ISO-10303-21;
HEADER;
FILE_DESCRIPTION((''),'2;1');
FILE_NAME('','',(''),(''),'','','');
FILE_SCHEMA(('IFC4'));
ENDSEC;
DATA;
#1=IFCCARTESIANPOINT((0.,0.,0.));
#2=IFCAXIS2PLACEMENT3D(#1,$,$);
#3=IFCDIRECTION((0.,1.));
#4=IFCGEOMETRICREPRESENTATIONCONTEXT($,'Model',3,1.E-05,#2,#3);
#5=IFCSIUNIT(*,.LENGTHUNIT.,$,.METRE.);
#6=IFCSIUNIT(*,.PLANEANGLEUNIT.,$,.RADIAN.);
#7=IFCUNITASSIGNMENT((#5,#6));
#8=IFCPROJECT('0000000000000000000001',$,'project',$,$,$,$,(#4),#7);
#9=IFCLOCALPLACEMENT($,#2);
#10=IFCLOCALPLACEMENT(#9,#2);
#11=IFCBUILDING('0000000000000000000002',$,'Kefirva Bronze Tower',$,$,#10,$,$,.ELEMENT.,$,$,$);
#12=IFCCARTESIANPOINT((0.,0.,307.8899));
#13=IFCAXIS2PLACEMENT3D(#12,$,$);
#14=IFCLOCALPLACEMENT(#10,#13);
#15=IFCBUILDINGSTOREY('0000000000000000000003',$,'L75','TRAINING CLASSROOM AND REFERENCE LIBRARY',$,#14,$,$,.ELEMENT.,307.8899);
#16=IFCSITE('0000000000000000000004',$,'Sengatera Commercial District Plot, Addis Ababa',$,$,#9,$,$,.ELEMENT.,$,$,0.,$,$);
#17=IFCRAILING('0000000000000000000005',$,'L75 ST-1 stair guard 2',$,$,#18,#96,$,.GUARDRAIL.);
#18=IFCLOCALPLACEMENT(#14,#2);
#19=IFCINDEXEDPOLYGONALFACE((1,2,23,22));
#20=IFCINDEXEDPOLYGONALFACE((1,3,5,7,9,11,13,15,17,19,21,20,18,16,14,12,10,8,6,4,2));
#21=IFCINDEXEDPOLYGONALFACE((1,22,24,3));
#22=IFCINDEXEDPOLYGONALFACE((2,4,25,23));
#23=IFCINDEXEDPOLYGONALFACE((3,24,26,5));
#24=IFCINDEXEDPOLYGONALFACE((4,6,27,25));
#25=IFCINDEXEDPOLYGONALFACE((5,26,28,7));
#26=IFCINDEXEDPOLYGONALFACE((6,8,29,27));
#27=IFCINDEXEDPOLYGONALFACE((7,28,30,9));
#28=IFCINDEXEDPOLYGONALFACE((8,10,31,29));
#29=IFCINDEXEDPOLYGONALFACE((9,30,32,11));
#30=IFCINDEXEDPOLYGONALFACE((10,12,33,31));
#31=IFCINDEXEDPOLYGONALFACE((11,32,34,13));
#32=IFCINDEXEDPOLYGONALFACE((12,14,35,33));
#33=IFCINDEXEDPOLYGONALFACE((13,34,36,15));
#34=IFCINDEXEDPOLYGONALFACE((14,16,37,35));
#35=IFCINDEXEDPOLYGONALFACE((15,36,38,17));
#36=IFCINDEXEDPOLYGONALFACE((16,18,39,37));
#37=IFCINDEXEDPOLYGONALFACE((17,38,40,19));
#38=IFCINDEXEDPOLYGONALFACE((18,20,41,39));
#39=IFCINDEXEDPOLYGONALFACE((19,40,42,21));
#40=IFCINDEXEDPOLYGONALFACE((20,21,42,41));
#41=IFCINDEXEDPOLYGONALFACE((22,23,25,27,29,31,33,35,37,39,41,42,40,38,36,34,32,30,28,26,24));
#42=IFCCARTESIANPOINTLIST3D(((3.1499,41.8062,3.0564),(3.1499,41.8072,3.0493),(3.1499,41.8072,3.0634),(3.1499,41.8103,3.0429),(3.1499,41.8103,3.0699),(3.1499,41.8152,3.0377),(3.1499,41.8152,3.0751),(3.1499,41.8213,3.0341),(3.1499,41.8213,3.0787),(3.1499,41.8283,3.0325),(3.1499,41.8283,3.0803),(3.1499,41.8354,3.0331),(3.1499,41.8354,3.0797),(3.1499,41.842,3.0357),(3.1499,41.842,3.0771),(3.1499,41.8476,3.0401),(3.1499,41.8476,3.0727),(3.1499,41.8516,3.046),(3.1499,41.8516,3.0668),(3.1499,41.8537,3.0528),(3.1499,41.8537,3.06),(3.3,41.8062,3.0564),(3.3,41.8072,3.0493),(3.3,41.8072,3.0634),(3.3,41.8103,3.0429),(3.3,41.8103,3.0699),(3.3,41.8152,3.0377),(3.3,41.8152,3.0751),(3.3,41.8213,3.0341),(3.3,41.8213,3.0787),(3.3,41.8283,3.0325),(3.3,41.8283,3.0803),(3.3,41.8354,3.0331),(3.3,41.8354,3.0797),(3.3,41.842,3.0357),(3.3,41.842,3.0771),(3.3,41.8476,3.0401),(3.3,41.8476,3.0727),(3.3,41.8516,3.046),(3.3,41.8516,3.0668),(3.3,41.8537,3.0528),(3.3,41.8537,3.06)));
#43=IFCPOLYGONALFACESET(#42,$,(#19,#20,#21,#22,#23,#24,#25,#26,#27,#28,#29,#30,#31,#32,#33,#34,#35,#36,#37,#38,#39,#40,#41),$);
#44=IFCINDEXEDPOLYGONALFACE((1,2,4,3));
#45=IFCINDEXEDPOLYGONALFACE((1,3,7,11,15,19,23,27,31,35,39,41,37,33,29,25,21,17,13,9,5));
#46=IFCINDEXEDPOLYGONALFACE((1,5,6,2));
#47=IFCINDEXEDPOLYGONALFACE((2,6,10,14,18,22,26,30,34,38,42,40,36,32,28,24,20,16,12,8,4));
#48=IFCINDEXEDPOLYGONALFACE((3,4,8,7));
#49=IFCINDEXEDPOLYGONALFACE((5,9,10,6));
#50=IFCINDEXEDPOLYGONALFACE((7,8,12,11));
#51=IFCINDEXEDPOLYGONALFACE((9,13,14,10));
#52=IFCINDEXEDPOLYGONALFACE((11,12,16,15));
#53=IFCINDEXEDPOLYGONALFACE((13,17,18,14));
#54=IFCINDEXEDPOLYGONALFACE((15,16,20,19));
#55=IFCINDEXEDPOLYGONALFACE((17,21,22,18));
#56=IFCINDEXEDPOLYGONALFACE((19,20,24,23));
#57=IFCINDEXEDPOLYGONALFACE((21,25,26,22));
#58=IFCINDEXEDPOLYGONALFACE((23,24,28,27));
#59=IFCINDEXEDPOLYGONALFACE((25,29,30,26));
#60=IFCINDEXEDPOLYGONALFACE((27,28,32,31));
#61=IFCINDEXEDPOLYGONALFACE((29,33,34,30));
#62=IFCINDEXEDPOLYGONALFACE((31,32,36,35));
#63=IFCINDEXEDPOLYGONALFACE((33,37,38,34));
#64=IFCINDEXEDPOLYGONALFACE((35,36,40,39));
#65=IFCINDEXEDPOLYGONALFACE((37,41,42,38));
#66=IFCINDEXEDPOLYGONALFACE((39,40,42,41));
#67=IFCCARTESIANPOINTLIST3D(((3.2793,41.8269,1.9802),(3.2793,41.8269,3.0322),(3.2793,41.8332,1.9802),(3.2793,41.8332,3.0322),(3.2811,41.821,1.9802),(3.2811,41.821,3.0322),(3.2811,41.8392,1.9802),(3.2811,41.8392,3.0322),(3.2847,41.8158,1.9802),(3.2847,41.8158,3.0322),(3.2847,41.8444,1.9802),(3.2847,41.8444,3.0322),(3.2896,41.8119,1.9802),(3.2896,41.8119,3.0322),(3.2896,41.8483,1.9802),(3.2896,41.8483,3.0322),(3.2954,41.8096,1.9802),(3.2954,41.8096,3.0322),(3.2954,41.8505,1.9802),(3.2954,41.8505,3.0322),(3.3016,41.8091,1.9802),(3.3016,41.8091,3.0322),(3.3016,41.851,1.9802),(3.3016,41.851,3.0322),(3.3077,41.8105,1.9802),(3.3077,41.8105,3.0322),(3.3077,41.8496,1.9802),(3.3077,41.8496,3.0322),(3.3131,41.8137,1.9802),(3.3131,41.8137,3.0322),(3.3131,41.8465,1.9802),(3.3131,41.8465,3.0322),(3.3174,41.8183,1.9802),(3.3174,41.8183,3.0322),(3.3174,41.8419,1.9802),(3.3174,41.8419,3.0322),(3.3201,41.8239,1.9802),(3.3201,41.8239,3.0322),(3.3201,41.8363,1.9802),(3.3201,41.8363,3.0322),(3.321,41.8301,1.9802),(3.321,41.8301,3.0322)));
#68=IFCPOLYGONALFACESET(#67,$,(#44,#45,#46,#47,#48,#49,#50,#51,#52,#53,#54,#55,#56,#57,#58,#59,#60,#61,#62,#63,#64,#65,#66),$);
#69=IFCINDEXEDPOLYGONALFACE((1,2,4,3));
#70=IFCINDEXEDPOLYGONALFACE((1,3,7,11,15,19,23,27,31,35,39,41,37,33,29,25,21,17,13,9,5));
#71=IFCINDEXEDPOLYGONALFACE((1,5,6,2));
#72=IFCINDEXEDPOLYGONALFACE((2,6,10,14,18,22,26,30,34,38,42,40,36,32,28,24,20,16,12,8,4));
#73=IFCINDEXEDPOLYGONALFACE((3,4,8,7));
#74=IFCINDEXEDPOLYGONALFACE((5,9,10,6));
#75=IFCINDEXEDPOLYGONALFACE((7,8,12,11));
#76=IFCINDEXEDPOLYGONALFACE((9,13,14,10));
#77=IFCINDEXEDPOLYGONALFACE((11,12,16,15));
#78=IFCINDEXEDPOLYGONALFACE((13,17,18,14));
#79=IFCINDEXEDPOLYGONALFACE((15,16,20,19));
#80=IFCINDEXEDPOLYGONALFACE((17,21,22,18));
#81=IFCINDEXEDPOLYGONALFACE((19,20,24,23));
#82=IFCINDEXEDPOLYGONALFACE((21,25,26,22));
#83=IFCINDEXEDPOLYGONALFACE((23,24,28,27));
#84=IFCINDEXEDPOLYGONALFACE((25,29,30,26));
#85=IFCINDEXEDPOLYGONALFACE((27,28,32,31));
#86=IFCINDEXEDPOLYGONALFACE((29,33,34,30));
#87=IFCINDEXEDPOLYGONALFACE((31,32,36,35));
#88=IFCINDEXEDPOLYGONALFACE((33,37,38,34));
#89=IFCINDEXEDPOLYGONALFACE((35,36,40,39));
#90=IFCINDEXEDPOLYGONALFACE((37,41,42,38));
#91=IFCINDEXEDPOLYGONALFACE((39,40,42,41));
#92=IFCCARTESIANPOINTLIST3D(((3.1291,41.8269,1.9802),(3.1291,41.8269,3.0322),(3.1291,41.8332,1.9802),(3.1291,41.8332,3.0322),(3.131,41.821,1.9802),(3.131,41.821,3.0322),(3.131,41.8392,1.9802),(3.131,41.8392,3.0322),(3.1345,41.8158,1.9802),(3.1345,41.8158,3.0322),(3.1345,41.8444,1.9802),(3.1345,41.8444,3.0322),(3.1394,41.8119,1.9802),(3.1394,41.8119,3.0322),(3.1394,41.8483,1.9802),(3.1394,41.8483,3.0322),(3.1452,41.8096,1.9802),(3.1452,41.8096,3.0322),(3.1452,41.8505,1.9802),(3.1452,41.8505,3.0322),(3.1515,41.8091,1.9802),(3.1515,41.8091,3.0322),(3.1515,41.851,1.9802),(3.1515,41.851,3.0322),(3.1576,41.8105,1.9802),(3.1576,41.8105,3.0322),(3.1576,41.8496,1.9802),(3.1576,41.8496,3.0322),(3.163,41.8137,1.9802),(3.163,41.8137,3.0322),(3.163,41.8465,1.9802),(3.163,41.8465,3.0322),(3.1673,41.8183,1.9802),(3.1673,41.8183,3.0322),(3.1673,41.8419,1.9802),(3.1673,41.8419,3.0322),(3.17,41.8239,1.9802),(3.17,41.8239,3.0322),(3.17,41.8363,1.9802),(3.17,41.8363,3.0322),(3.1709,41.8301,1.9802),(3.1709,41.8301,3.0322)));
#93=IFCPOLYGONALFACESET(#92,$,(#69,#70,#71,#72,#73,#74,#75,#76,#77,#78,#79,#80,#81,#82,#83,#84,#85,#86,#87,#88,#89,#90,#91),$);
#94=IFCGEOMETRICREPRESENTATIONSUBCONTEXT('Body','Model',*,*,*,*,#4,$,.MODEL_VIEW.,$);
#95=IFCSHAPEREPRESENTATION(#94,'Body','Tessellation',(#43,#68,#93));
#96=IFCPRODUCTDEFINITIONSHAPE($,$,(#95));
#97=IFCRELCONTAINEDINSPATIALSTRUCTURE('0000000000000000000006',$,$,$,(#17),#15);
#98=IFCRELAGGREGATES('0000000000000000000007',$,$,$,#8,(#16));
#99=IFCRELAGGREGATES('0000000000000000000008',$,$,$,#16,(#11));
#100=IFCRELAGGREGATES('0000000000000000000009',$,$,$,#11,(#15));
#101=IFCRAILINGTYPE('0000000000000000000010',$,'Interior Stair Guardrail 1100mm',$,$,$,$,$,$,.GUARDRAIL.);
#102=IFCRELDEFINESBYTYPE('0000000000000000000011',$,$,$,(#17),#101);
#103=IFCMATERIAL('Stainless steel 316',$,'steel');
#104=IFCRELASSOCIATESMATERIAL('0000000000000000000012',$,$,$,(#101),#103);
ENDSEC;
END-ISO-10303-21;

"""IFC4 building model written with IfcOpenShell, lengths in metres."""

from ifc_helpers import new_model, si_unit, direction, frame, origin, origin_2d, place, context, subcontext, project, spatial, circle, extrude, material, type_object, element, save


model = new_model("IFC4")

# Units and contexts
model_context = context("Model", 3, precision=1e-05, world=origin(), true_north=direction((0.0, 1.0)))
body_context = subcontext(model_context, "Body", "Model", "MODEL_VIEW")
ifc_project = project(units=[si_unit("LENGTHUNIT", "METRE"), si_unit("PLANEANGLEUNIT", "RADIAN")], contexts=[model_context])

# Site, building, storey
site_placement = place(None, origin())
site = spatial("IfcSite", under=ifc_project, at=site_placement, Name="Sengatera Commercial District Plot, Addis Ababa", CompositionType="ELEMENT", RefElevation=0.0)
building_placement = place(site_placement, origin())
building = spatial("IfcBuilding", under=site, at=building_placement, Name="Kefirva Bronze Tower", CompositionType="ELEMENT")
storey_placement = place(building_placement, frame((0.0, 0.0, 307.8899)))
storey = spatial("IfcBuildingStorey", under=building, at=storey_placement, Name="L75", Description="TRAINING CLASSROOM AND REFERENCE LIBRARY", CompositionType="ELEMENT", Elevation=307.8899)

# Railing
ifc_material_1 = material(Name="Stainless steel 316", Category="steel")
railing_type_1 = type_object("IfcRailingType", Name="Interior Stair Guardrail 1100mm", PredefinedType="GUARDRAIL", material=ifc_material_1)
railing_1_placement = place(storey_placement, frame((3.3, 41.8301, 1.9802)))
element("IfcRailing", 1, at=railing_1_placement, inside=storey, type_object=railing_type_1, Name="L75 ST-1 stair guard 2", PredefinedType="GUARDRAIL", context=body_context, shape_type="SweptSolid", body=[
    extrude(circle(Radius=0.0239, at=origin_2d()), frame((0.0, 0.0, 1.0762), z_axis=(-1.0, 0.0, 0.0), x_axis=(0.0, -1.0, 0.0)), (0.0, 0.0, 1.0), 0.1501),
    extrude(circle(Radius=0.021, at=origin_2d()), origin(), (0.0, 0.0, 1.0), 1.052),
    extrude(circle(Radius=0.021, at=origin_2d()), frame((-0.1501, 0.0, 0.0)), (0.0, 0.0, 1.0), 1.052),
])

save(model, "model.ifc")
